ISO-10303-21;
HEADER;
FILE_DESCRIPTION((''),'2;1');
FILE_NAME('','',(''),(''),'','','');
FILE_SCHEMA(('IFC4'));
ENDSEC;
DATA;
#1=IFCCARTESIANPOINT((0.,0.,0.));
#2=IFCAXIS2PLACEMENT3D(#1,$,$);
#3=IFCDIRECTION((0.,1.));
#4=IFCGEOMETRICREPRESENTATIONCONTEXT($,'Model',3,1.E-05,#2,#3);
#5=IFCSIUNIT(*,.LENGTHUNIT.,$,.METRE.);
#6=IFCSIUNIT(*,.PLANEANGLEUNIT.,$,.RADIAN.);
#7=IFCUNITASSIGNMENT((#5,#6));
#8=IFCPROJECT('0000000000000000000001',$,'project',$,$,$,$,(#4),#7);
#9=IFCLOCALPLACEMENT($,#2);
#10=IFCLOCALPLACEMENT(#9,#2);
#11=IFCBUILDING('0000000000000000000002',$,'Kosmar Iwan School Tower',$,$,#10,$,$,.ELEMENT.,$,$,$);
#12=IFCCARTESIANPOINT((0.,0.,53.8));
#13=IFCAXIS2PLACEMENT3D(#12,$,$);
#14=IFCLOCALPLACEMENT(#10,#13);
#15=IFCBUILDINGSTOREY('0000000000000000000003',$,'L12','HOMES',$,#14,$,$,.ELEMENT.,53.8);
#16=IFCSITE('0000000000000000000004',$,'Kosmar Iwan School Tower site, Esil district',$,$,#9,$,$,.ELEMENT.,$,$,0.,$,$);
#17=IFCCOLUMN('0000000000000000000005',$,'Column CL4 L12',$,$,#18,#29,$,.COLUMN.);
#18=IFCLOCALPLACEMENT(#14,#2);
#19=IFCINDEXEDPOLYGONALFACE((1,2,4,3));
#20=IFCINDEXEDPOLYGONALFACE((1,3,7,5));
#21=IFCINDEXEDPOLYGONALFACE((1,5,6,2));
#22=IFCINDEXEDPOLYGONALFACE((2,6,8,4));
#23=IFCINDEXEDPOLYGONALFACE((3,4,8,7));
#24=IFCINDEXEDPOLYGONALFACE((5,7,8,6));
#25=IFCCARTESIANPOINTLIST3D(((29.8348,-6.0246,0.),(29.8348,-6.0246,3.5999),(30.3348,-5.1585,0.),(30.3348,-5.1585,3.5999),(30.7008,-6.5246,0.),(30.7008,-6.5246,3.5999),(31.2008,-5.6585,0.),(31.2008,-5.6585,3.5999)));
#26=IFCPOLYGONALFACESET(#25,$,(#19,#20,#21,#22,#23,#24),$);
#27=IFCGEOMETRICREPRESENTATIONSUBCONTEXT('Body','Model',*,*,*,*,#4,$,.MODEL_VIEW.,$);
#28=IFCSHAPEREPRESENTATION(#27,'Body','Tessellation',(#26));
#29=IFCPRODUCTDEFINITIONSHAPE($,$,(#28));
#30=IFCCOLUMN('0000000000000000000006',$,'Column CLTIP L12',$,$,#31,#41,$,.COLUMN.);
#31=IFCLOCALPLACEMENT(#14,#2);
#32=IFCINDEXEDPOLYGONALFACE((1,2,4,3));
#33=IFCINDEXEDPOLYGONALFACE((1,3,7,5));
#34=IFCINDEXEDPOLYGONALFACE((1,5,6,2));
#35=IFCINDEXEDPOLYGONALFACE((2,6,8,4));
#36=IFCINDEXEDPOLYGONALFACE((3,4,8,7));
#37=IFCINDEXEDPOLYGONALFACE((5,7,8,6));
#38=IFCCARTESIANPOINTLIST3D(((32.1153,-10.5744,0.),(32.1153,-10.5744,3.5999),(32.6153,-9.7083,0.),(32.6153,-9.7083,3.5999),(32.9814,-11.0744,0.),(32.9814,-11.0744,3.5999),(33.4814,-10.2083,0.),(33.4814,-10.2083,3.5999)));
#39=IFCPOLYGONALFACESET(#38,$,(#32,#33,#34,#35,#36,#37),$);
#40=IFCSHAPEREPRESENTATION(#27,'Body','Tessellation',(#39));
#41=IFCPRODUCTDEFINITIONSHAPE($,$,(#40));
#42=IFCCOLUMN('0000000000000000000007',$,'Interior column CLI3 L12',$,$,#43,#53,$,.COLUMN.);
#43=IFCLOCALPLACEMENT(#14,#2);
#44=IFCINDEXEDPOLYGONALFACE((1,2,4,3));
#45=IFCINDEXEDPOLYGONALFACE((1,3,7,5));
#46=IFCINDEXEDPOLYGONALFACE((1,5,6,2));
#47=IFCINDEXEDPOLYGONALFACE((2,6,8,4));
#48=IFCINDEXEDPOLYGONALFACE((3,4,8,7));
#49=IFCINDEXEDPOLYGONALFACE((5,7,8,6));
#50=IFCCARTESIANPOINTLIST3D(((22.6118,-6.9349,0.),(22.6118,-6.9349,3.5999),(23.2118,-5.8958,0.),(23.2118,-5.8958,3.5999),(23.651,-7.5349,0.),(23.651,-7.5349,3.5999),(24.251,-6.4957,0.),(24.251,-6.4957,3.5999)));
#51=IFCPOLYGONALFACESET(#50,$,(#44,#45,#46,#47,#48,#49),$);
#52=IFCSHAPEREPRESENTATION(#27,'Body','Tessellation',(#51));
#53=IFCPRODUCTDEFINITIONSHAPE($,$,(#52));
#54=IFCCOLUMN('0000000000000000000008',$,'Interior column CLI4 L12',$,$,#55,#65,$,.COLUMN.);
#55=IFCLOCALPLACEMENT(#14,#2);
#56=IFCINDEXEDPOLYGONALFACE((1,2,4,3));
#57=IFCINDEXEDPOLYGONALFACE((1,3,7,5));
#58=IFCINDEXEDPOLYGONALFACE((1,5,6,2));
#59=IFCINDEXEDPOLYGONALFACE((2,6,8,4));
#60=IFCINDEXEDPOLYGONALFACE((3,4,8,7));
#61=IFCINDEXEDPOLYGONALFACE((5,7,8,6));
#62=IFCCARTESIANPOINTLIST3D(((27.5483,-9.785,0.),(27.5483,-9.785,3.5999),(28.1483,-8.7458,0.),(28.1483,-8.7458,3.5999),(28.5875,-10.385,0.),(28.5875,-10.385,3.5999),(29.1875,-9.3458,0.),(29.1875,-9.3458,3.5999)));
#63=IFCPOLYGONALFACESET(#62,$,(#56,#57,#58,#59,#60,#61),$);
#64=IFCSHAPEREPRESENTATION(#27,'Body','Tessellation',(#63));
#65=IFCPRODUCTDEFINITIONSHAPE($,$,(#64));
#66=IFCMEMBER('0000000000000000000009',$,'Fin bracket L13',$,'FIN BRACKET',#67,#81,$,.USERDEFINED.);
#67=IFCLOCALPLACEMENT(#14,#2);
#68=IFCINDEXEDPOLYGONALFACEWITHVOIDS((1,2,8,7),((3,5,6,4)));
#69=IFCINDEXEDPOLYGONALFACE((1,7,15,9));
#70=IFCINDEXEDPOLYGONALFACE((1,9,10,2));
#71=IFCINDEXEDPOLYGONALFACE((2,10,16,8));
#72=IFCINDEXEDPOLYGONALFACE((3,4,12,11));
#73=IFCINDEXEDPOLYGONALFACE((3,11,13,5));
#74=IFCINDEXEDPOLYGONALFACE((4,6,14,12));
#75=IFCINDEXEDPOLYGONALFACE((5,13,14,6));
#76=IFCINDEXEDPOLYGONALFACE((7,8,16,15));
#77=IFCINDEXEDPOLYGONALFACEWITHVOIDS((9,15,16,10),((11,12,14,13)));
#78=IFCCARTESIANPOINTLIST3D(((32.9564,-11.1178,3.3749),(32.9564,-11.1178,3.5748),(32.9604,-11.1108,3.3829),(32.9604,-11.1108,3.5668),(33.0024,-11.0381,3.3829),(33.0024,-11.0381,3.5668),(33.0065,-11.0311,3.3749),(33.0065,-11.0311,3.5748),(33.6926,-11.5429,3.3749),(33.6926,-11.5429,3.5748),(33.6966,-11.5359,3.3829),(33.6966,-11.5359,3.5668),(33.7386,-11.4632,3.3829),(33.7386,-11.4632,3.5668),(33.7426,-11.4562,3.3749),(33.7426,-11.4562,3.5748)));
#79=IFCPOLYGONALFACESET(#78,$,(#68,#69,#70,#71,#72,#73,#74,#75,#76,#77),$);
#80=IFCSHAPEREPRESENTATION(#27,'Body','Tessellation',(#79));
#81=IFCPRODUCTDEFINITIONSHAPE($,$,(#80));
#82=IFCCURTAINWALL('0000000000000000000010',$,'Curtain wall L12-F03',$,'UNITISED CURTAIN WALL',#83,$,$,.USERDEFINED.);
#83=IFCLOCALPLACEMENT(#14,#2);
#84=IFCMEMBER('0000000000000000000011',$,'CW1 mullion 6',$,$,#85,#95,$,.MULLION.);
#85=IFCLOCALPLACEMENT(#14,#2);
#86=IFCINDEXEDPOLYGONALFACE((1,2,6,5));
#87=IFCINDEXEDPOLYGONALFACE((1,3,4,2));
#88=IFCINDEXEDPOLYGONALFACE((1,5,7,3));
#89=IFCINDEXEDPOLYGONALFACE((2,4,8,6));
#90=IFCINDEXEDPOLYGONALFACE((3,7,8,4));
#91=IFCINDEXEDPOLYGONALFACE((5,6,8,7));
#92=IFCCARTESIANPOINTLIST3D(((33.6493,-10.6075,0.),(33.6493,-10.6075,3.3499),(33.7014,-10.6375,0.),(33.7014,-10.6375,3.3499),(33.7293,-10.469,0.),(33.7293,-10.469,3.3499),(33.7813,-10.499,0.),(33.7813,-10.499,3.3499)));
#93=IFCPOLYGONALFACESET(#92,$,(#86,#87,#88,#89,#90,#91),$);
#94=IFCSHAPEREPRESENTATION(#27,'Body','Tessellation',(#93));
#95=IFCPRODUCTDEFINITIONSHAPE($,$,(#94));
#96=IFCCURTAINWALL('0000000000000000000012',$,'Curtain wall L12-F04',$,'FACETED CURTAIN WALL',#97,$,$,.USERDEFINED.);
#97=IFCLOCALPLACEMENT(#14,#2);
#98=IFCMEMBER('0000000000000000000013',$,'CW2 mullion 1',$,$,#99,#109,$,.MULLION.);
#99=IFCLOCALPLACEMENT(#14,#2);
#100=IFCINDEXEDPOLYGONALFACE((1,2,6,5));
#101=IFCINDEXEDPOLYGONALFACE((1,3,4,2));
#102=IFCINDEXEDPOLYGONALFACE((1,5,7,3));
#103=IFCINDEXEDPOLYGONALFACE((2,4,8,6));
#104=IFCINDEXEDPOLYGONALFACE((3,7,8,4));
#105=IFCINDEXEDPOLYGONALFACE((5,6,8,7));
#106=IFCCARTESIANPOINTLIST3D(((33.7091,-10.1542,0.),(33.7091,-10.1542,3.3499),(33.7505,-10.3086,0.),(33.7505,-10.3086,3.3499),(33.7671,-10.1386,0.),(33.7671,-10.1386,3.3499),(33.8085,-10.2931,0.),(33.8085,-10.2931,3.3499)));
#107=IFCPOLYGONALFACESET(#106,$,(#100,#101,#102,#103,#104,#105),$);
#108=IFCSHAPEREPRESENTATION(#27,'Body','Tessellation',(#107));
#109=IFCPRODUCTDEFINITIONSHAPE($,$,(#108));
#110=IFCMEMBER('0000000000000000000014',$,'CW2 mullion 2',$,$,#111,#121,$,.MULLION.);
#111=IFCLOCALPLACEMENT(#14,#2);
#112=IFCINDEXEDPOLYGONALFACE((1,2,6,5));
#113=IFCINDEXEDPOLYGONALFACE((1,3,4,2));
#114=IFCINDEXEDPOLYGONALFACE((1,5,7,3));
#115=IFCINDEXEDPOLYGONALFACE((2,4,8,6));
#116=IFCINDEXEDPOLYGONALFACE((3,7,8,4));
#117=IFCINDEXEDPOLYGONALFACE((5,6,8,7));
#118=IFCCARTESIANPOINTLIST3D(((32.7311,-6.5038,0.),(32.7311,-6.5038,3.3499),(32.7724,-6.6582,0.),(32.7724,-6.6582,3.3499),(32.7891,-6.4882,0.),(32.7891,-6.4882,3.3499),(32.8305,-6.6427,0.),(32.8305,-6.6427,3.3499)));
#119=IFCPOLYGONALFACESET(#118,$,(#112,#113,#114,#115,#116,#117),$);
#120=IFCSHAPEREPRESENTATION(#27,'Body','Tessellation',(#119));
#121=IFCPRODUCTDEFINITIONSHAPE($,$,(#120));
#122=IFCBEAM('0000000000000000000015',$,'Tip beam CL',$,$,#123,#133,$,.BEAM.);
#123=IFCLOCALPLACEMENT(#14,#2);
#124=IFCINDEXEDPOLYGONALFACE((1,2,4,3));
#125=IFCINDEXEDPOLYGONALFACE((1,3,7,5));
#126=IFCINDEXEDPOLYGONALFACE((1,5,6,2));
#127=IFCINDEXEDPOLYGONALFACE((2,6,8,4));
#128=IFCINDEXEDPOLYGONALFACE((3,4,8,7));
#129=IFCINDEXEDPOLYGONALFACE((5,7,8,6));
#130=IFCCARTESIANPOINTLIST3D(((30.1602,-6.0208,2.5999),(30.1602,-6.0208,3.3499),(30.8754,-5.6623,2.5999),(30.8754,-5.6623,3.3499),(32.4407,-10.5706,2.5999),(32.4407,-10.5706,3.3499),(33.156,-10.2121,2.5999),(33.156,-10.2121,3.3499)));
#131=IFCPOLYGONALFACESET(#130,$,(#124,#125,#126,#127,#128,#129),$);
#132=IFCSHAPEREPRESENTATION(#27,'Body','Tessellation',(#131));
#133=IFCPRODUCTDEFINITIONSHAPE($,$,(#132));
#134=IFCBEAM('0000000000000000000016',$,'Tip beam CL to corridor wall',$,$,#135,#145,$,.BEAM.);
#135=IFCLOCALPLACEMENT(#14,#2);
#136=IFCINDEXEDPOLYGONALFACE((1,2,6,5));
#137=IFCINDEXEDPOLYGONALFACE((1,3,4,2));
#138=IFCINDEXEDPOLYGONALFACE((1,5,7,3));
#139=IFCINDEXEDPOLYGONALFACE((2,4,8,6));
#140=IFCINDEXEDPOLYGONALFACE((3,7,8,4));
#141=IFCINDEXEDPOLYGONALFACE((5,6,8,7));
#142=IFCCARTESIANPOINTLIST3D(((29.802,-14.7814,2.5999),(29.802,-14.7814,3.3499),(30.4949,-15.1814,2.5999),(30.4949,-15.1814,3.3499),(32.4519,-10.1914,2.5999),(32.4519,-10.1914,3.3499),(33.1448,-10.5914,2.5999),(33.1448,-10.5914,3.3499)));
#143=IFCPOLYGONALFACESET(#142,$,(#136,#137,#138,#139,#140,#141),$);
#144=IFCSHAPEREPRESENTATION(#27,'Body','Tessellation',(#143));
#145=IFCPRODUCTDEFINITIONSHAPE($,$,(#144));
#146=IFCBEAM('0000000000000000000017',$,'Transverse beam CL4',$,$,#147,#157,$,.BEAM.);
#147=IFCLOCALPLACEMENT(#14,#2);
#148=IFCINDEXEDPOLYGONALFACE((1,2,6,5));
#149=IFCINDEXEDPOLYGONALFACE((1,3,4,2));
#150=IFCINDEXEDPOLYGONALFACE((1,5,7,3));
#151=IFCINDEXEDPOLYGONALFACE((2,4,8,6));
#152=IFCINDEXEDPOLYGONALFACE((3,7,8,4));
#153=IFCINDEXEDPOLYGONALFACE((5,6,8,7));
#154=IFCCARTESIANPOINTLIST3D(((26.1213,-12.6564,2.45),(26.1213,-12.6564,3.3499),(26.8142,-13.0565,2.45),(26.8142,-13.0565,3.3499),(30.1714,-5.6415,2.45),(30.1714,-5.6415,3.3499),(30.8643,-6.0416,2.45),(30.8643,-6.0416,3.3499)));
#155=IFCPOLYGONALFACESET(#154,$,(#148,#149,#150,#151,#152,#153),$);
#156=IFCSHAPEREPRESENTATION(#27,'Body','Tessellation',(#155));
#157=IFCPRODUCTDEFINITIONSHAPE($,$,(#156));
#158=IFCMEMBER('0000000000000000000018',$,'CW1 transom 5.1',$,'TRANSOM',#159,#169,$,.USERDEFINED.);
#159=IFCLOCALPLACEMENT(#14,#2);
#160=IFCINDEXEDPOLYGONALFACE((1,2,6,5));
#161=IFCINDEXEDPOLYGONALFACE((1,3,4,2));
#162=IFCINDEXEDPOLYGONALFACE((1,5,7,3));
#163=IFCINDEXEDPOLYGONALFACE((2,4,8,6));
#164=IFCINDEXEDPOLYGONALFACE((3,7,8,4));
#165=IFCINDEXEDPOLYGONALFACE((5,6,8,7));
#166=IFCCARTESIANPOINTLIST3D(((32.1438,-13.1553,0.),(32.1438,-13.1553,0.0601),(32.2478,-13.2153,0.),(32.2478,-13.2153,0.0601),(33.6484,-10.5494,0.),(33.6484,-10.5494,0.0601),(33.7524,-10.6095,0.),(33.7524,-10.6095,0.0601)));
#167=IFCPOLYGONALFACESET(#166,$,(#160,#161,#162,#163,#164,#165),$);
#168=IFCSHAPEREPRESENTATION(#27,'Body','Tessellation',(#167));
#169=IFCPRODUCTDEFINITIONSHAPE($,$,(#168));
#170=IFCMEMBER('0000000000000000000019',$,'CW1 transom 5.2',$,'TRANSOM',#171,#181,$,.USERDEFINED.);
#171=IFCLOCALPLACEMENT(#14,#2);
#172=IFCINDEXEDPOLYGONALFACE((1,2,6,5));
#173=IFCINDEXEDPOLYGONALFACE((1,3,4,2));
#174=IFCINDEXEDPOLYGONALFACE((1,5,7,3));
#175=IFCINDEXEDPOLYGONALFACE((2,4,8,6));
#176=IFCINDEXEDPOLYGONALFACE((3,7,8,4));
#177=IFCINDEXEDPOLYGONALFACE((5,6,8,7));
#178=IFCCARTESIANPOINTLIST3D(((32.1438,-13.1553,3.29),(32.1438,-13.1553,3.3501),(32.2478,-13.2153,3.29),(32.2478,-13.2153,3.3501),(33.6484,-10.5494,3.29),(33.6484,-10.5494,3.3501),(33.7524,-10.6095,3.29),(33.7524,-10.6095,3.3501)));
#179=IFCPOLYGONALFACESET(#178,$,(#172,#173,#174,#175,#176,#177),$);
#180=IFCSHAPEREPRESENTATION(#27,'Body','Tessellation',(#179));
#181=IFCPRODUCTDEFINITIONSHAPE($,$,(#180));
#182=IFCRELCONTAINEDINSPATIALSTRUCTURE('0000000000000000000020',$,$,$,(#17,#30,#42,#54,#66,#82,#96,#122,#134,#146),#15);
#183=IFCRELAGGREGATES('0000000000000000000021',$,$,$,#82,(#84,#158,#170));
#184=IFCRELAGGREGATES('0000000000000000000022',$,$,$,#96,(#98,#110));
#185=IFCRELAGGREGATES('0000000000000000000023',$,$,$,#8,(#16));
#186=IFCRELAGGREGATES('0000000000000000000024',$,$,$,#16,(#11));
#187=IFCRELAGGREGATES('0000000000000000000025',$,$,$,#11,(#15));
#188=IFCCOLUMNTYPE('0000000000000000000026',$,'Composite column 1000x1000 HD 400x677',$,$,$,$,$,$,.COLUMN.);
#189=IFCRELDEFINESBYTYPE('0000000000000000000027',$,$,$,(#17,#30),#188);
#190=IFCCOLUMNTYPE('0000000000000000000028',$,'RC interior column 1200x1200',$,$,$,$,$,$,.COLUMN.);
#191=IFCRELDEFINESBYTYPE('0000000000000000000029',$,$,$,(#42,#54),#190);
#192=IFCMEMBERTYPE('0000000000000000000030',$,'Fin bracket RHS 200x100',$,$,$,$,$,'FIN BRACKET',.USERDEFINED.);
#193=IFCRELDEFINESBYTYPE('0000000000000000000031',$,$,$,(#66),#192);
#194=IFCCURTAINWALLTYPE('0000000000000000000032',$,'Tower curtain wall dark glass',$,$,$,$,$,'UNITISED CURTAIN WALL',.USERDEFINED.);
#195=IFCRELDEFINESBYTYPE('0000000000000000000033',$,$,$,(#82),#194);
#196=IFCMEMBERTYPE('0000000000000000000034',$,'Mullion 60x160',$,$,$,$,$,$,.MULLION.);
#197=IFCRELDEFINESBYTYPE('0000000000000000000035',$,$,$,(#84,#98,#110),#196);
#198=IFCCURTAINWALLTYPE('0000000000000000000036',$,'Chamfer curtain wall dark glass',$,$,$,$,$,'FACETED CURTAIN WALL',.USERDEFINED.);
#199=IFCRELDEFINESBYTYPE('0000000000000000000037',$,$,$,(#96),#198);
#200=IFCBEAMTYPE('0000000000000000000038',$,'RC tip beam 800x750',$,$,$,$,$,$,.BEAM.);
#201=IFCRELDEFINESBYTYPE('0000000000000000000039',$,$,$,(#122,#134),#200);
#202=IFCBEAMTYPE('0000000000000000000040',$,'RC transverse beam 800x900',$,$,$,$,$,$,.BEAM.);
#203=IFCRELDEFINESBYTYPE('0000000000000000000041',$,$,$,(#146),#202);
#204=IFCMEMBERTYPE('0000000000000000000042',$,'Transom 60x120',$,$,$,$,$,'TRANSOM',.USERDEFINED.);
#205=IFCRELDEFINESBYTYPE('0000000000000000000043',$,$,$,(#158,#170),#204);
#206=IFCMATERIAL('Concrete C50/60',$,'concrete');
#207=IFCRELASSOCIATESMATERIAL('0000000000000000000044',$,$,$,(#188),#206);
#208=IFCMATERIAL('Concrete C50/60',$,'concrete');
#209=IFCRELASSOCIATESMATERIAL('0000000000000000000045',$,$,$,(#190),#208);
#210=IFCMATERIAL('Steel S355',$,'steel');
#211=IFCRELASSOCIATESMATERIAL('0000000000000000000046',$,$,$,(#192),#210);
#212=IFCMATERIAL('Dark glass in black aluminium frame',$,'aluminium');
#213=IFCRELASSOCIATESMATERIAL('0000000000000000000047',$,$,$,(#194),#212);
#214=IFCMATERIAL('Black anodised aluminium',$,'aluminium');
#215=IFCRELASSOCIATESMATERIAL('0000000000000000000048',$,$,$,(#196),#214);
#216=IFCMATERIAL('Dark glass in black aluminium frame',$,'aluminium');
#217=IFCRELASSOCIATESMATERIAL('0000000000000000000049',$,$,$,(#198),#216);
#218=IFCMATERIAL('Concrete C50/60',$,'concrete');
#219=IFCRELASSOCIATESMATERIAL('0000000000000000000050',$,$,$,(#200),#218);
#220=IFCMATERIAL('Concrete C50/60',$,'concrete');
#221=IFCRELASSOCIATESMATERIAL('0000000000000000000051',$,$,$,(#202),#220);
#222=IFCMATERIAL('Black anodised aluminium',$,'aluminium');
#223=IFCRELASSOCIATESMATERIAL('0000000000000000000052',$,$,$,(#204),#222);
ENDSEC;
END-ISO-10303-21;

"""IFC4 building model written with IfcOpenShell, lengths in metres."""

from ifc_helpers import new_model, si_unit, direction, frame, origin, origin_2d, place, context, subcontext, project, spatial, rectangle, hollow_rectangle, extrude, material, material_profile, profile_set, type_object, element, aggregate, save


model = new_model("IFC4")

# Units and contexts
model_context = context("Model", 3, precision=1e-05, world=origin(), true_north=direction((0.0, 1.0)))
body_context = subcontext(model_context, "Body", "Model", "MODEL_VIEW")
ifc_project = project(units=[si_unit("LENGTHUNIT", "METRE"), si_unit("PLANEANGLEUNIT", "RADIAN")], contexts=[model_context])

# Site, building, storey
site_placement = place(None, origin())
site = spatial("IfcSite", under=ifc_project, at=site_placement, Name="Kosmar Iwan School Tower site, Esil district", CompositionType="ELEMENT", RefElevation=0.0)
building_placement = place(site_placement, origin())
building = spatial("IfcBuilding", under=site, at=building_placement, Name="Kosmar Iwan School Tower", CompositionType="ELEMENT")
storey_placement = place(building_placement, frame((0.0, 0.0, 53.8)))
storey = spatial("IfcBuildingStorey", under=building, at=storey_placement, Name="L12", Description="HOMES", CompositionType="ELEMENT", Elevation=53.8)

# Columns
ifc_material_1 = material(Name="Concrete C50/60", Category="concrete")
ifc_material_profile_1 = material_profile(ifc_material_1, rectangle(XDim=1.0, YDim=1.0, at=origin_2d()), Name="RC 1000x1000 + HD 400x677")
ifc_profile_set_1 = profile_set([ifc_material_profile_1], Name="Concrete C50/60")
column_type_1 = type_object("IfcColumnType", Name="Composite column 1000x1000 HD 400x677", PredefinedType="COLUMN", material=ifc_profile_set_1)
for number, where, z_axis, x_axis, name in (
    (1, (30.5178, -5.8416, 0.0), (0.0, 0.0, 1.0), (0.866025, -0.5, 0.0), "Column CL4 L12"),
    (2, (32.7983, -10.3914, 0.0), (0.0, 0.0, 1.0), (0.866025, -0.5, 0.0), "Column CLTIP L12"),
):
    element("IfcColumn", number, at=place(storey_placement, frame(where, z_axis=z_axis, x_axis=x_axis)), inside=storey, type_object=column_type_1, Name=name, PredefinedType="COLUMN", context=body_context, shape_type="SweptSolid", body=[
        extrude(rectangle(XDim=1.0, YDim=1.0, at=origin_2d()), origin(), (0.0, 0.0, 1.0), 3.5999),
    ])
ifc_material_2 = material(Name="Concrete C50/60", Category="concrete")
ifc_material_profile_2 = material_profile(ifc_material_2, rectangle(XDim=1.2, YDim=1.2, at=origin_2d()), Name="RC 1200x1200")
ifc_profile_set_2 = profile_set([ifc_material_profile_2], Name="Concrete C50/60")
column_type_2 = type_object("IfcColumnType", Name="RC interior column 1200x1200", PredefinedType="COLUMN", material=ifc_profile_set_2)
for number, where, z_axis, x_axis, name in (
    (3, (23.4314, -6.7153, 0.0), (0.0, 0.0, 1.0), (0.866025, -0.5, 0.0), "Interior column CLI3 L12"),
    (4, (28.3679, -9.5654, 0.0), (0.0, 0.0, 1.0), (0.866025, -0.5, 0.0), "Interior column CLI4 L12"),
):
    element("IfcColumn", number, at=place(storey_placement, frame(where, z_axis=z_axis, x_axis=x_axis)), inside=storey, type_object=column_type_2, Name=name, PredefinedType="COLUMN", context=body_context, shape_type="SweptSolid", body=[
        extrude(rectangle(XDim=1.2, YDim=1.2, at=origin_2d()), origin(), (0.0, 0.0, 1.0), 3.5999),
    ])

# Member
ifc_material_3 = material(Name="Steel S355", Category="steel")
ifc_material_profile_3 = material_profile(ifc_material_3, hollow_rectangle(XDim=0.1001, YDim=0.2, WallThickness=0.0081, at=origin_2d()), Name="RHS 200x100x8")
ifc_profile_set_3 = profile_set([ifc_material_profile_3], Name="Steel S355")
member_type_1 = type_object("IfcMemberType", Name="Fin bracket RHS 200x100", ElementType="FIN BRACKET", PredefinedType="USERDEFINED", material=ifc_profile_set_3)
member_1_placement = place(storey_placement, frame((32.9814, -11.0745, 3.4749), z_axis=(0.865989, -0.500062, 0.0), x_axis=(0.500062, 0.865989, 0.0)))
element("IfcMember", 5, at=member_1_placement, inside=storey, type_object=member_type_1, Name="Fin bracket L13", ObjectType="FIN BRACKET", PredefinedType="USERDEFINED", context=body_context, shape_type="SweptSolid", body=[
    extrude(hollow_rectangle(XDim=0.1001, YDim=0.2, WallThickness=0.0081, at=origin_2d()), origin(), (0.0, 0.0, 1.0), 0.8501),
])

# Curtain wall, member
ifc_material_4 = material(Name="Dark glass in black aluminium frame", Category="aluminium")
curtain_wall_type_1 = type_object("IfcCurtainWallType", Name="Tower curtain wall dark glass", ElementType="UNITISED CURTAIN WALL", PredefinedType="USERDEFINED", material=ifc_material_4)
curtain_wall_1_placement = place(storey_placement, origin())
curtain_wall_1 = element("IfcCurtainWall", 6, at=curtain_wall_1_placement, inside=storey, type_object=curtain_wall_type_1, Name="Curtain wall L12-F03", ObjectType="UNITISED CURTAIN WALL", PredefinedType="USERDEFINED")
ifc_material_5 = material(Name="Black anodised aluminium", Category="aluminium")
ifc_material_profile_4 = material_profile(ifc_material_5, rectangle(XDim=0.0601, YDim=0.1599, at=origin_2d()), Name="MULLION 60x160")
ifc_profile_set_4 = profile_set([ifc_material_profile_4], Name="Black anodised aluminium")
member_type_2 = type_object("IfcMemberType", Name="Mullion 60x160", PredefinedType="MULLION", material=ifc_profile_set_4)
member_2_placement = place(storey_placement, frame((33.7153, -10.5532, 0.0), z_axis=(0.0, 0.0, 1.0), x_axis=(-0.866025, 0.5, 0.0)))
member_2 = element("IfcMember", 7, at=member_2_placement, type_object=member_type_2, Name="CW1 mullion 6", PredefinedType="MULLION", context=body_context, shape_type="SweptSolid", body=[
    extrude(rectangle(XDim=0.0601, YDim=0.1599, at=origin_2d()), origin(), (0.0, 0.0, 1.0), 3.3499),
])

# Curtain wall, members
ifc_material_6 = material(Name="Dark glass in black aluminium frame", Category="aluminium")
curtain_wall_type_2 = type_object("IfcCurtainWallType", Name="Chamfer curtain wall dark glass", ElementType="FACETED CURTAIN WALL", PredefinedType="USERDEFINED", material=ifc_material_6)
curtain_wall_2_placement = place(storey_placement, origin())
curtain_wall_2 = element("IfcCurtainWall", 8, at=curtain_wall_2_placement, inside=storey, type_object=curtain_wall_type_2, Name="Curtain wall L12-F04", ObjectType="FACETED CURTAIN WALL", PredefinedType="USERDEFINED")
member_3_placement = place(storey_placement, frame((33.7588, -10.2236, 0.0), z_axis=(0.0, 0.0, 1.0), x_axis=(-0.965926, -0.258819, 0.0)))
member_3 = element("IfcMember", 9, at=member_3_placement, type_object=member_type_2, Name="CW2 mullion 1", PredefinedType="MULLION", context=body_context, shape_type="SweptSolid", body=[
    extrude(rectangle(XDim=0.0601, YDim=0.1599, at=origin_2d()), origin(), (0.0, 0.0, 1.0), 3.3499),
])
member_4_placement = place(storey_placement, frame((32.7808, -6.5732, 0.0), z_axis=(0.0, 0.0, 1.0), x_axis=(-0.965926, -0.258819, 0.0)))
member_4 = element("IfcMember", 10, at=member_4_placement, type_object=member_type_2, Name="CW2 mullion 2", PredefinedType="MULLION", context=body_context, shape_type="SweptSolid", body=[
    extrude(rectangle(XDim=0.0601, YDim=0.1599, at=origin_2d()), origin(), (0.0, 0.0, 1.0), 3.3499),
])

# Beams
ifc_material_7 = material(Name="Concrete C50/60", Category="concrete")
ifc_material_profile_5 = material_profile(ifc_material_7, rectangle(XDim=0.8, YDim=0.75, at=origin_2d()), Name="RC 800x750")
ifc_profile_set_5 = profile_set([ifc_material_profile_5], Name="Concrete C50/60")
beam_type_1 = type_object("IfcBeamType", Name="RC tip beam 800x750", PredefinedType="BEAM", material=ifc_profile_set_5)
beam_1_placement = place(storey_placement, frame((30.5178, -5.8416, 2.9749), z_axis=(0.448096, -0.893985, 0.0), x_axis=(0.893985, 0.448096, 0.0)))
element("IfcBeam", 11, at=beam_1_placement, inside=storey, type_object=beam_type_1, Name="Tip beam CL", PredefinedType="BEAM", context=body_context, shape_type="SweptSolid", body=[
    extrude(rectangle(XDim=0.8, YDim=0.75, at=origin_2d()), origin(), (0.0, 0.0, 1.0), 5.0894),
])
beam_2_placement = place(storey_placement, frame((32.7983, -10.3914, 2.9749), z_axis=(-0.499974, -0.866041, 0.0), x_axis=(0.866041, -0.499974, 0.0)))
element("IfcBeam", 12, at=beam_2_placement, inside=storey, type_object=beam_type_1, Name="Tip beam CL to corridor wall", PredefinedType="BEAM", context=body_context, shape_type="SweptSolid", body=[
    extrude(rectangle(XDim=0.8, YDim=0.75, at=origin_2d()), origin(), (0.0, 0.0, 1.0), 5.3),
])
ifc_material_8 = material(Name="Concrete C50/60", Category="concrete")
ifc_material_profile_6 = material_profile(ifc_material_8, rectangle(XDim=0.8, YDim=0.8999, at=origin_2d()), Name="RC 800x900")
ifc_profile_set_6 = profile_set([ifc_material_profile_6], Name="Concrete C50/60")
beam_type_2 = type_object("IfcBeamType", Name="RC transverse beam 800x900", PredefinedType="BEAM", material=ifc_profile_set_6)
beam_3_placement = place(storey_placement, frame((30.5178, -5.8416, 2.8999), z_axis=(-0.5, -0.866025, 0.0), x_axis=(0.866025, -0.5, 0.0)))
element("IfcBeam", 13, at=beam_3_placement, inside=storey, type_object=beam_type_2, Name="Transverse beam CL4", PredefinedType="BEAM", context=body_context, shape_type="SweptSolid", body=[
    extrude(rectangle(XDim=0.8, YDim=0.8999, at=origin_2d()), origin(), (0.0, 0.0, 1.0), 8.1001),
])

# Members
ifc_material_9 = material(Name="Black anodised aluminium", Category="aluminium")
ifc_material_profile_7 = material_profile(ifc_material_9, rectangle(XDim=0.1201, YDim=0.0601, at=origin_2d()), Name="TRANSOM 60x120")
ifc_profile_set_7 = profile_set([ifc_material_profile_7], Name="Black anodised aluminium")
member_type_3 = type_object("IfcMemberType", Name="Transom 60x120", ElementType="TRANSOM", PredefinedType="USERDEFINED", material=ifc_profile_set_7)
member_5_placement = place(storey_placement, frame((32.1958, -13.1853, 0.03), z_axis=(0.500022, 0.866013, 0.0), x_axis=(-0.866013, 0.500022, 0.0)))
member_5 = element("IfcMember", 14, at=member_5_placement, type_object=member_type_3, Name="CW1 transom 5.1", ObjectType="TRANSOM", PredefinedType="USERDEFINED", context=body_context, shape_type="SweptSolid", body=[
    extrude(rectangle(XDim=0.1201, YDim=0.0601, at=origin_2d()), origin(), (0.0, 0.0, 1.0), 3.009),
])
member_6_placement = place(storey_placement, frame((32.1958, -13.1853, 3.3201), z_axis=(0.500022, 0.866013, 0.0), x_axis=(-0.866013, 0.500022, 0.0)))
member_6 = element("IfcMember", 15, at=member_6_placement, type_object=member_type_3, Name="CW1 transom 5.2", ObjectType="TRANSOM", PredefinedType="USERDEFINED", context=body_context, shape_type="SweptSolid", body=[
    extrude(rectangle(XDim=0.1201, YDim=0.0601, at=origin_2d()), origin(), (0.0, 0.0, 1.0), 3.009),
])

aggregate(curtain_wall_1, [member_2, member_5, member_6])
aggregate(curtain_wall_2, [member_3, member_4])

save(model, "model.ifc")
